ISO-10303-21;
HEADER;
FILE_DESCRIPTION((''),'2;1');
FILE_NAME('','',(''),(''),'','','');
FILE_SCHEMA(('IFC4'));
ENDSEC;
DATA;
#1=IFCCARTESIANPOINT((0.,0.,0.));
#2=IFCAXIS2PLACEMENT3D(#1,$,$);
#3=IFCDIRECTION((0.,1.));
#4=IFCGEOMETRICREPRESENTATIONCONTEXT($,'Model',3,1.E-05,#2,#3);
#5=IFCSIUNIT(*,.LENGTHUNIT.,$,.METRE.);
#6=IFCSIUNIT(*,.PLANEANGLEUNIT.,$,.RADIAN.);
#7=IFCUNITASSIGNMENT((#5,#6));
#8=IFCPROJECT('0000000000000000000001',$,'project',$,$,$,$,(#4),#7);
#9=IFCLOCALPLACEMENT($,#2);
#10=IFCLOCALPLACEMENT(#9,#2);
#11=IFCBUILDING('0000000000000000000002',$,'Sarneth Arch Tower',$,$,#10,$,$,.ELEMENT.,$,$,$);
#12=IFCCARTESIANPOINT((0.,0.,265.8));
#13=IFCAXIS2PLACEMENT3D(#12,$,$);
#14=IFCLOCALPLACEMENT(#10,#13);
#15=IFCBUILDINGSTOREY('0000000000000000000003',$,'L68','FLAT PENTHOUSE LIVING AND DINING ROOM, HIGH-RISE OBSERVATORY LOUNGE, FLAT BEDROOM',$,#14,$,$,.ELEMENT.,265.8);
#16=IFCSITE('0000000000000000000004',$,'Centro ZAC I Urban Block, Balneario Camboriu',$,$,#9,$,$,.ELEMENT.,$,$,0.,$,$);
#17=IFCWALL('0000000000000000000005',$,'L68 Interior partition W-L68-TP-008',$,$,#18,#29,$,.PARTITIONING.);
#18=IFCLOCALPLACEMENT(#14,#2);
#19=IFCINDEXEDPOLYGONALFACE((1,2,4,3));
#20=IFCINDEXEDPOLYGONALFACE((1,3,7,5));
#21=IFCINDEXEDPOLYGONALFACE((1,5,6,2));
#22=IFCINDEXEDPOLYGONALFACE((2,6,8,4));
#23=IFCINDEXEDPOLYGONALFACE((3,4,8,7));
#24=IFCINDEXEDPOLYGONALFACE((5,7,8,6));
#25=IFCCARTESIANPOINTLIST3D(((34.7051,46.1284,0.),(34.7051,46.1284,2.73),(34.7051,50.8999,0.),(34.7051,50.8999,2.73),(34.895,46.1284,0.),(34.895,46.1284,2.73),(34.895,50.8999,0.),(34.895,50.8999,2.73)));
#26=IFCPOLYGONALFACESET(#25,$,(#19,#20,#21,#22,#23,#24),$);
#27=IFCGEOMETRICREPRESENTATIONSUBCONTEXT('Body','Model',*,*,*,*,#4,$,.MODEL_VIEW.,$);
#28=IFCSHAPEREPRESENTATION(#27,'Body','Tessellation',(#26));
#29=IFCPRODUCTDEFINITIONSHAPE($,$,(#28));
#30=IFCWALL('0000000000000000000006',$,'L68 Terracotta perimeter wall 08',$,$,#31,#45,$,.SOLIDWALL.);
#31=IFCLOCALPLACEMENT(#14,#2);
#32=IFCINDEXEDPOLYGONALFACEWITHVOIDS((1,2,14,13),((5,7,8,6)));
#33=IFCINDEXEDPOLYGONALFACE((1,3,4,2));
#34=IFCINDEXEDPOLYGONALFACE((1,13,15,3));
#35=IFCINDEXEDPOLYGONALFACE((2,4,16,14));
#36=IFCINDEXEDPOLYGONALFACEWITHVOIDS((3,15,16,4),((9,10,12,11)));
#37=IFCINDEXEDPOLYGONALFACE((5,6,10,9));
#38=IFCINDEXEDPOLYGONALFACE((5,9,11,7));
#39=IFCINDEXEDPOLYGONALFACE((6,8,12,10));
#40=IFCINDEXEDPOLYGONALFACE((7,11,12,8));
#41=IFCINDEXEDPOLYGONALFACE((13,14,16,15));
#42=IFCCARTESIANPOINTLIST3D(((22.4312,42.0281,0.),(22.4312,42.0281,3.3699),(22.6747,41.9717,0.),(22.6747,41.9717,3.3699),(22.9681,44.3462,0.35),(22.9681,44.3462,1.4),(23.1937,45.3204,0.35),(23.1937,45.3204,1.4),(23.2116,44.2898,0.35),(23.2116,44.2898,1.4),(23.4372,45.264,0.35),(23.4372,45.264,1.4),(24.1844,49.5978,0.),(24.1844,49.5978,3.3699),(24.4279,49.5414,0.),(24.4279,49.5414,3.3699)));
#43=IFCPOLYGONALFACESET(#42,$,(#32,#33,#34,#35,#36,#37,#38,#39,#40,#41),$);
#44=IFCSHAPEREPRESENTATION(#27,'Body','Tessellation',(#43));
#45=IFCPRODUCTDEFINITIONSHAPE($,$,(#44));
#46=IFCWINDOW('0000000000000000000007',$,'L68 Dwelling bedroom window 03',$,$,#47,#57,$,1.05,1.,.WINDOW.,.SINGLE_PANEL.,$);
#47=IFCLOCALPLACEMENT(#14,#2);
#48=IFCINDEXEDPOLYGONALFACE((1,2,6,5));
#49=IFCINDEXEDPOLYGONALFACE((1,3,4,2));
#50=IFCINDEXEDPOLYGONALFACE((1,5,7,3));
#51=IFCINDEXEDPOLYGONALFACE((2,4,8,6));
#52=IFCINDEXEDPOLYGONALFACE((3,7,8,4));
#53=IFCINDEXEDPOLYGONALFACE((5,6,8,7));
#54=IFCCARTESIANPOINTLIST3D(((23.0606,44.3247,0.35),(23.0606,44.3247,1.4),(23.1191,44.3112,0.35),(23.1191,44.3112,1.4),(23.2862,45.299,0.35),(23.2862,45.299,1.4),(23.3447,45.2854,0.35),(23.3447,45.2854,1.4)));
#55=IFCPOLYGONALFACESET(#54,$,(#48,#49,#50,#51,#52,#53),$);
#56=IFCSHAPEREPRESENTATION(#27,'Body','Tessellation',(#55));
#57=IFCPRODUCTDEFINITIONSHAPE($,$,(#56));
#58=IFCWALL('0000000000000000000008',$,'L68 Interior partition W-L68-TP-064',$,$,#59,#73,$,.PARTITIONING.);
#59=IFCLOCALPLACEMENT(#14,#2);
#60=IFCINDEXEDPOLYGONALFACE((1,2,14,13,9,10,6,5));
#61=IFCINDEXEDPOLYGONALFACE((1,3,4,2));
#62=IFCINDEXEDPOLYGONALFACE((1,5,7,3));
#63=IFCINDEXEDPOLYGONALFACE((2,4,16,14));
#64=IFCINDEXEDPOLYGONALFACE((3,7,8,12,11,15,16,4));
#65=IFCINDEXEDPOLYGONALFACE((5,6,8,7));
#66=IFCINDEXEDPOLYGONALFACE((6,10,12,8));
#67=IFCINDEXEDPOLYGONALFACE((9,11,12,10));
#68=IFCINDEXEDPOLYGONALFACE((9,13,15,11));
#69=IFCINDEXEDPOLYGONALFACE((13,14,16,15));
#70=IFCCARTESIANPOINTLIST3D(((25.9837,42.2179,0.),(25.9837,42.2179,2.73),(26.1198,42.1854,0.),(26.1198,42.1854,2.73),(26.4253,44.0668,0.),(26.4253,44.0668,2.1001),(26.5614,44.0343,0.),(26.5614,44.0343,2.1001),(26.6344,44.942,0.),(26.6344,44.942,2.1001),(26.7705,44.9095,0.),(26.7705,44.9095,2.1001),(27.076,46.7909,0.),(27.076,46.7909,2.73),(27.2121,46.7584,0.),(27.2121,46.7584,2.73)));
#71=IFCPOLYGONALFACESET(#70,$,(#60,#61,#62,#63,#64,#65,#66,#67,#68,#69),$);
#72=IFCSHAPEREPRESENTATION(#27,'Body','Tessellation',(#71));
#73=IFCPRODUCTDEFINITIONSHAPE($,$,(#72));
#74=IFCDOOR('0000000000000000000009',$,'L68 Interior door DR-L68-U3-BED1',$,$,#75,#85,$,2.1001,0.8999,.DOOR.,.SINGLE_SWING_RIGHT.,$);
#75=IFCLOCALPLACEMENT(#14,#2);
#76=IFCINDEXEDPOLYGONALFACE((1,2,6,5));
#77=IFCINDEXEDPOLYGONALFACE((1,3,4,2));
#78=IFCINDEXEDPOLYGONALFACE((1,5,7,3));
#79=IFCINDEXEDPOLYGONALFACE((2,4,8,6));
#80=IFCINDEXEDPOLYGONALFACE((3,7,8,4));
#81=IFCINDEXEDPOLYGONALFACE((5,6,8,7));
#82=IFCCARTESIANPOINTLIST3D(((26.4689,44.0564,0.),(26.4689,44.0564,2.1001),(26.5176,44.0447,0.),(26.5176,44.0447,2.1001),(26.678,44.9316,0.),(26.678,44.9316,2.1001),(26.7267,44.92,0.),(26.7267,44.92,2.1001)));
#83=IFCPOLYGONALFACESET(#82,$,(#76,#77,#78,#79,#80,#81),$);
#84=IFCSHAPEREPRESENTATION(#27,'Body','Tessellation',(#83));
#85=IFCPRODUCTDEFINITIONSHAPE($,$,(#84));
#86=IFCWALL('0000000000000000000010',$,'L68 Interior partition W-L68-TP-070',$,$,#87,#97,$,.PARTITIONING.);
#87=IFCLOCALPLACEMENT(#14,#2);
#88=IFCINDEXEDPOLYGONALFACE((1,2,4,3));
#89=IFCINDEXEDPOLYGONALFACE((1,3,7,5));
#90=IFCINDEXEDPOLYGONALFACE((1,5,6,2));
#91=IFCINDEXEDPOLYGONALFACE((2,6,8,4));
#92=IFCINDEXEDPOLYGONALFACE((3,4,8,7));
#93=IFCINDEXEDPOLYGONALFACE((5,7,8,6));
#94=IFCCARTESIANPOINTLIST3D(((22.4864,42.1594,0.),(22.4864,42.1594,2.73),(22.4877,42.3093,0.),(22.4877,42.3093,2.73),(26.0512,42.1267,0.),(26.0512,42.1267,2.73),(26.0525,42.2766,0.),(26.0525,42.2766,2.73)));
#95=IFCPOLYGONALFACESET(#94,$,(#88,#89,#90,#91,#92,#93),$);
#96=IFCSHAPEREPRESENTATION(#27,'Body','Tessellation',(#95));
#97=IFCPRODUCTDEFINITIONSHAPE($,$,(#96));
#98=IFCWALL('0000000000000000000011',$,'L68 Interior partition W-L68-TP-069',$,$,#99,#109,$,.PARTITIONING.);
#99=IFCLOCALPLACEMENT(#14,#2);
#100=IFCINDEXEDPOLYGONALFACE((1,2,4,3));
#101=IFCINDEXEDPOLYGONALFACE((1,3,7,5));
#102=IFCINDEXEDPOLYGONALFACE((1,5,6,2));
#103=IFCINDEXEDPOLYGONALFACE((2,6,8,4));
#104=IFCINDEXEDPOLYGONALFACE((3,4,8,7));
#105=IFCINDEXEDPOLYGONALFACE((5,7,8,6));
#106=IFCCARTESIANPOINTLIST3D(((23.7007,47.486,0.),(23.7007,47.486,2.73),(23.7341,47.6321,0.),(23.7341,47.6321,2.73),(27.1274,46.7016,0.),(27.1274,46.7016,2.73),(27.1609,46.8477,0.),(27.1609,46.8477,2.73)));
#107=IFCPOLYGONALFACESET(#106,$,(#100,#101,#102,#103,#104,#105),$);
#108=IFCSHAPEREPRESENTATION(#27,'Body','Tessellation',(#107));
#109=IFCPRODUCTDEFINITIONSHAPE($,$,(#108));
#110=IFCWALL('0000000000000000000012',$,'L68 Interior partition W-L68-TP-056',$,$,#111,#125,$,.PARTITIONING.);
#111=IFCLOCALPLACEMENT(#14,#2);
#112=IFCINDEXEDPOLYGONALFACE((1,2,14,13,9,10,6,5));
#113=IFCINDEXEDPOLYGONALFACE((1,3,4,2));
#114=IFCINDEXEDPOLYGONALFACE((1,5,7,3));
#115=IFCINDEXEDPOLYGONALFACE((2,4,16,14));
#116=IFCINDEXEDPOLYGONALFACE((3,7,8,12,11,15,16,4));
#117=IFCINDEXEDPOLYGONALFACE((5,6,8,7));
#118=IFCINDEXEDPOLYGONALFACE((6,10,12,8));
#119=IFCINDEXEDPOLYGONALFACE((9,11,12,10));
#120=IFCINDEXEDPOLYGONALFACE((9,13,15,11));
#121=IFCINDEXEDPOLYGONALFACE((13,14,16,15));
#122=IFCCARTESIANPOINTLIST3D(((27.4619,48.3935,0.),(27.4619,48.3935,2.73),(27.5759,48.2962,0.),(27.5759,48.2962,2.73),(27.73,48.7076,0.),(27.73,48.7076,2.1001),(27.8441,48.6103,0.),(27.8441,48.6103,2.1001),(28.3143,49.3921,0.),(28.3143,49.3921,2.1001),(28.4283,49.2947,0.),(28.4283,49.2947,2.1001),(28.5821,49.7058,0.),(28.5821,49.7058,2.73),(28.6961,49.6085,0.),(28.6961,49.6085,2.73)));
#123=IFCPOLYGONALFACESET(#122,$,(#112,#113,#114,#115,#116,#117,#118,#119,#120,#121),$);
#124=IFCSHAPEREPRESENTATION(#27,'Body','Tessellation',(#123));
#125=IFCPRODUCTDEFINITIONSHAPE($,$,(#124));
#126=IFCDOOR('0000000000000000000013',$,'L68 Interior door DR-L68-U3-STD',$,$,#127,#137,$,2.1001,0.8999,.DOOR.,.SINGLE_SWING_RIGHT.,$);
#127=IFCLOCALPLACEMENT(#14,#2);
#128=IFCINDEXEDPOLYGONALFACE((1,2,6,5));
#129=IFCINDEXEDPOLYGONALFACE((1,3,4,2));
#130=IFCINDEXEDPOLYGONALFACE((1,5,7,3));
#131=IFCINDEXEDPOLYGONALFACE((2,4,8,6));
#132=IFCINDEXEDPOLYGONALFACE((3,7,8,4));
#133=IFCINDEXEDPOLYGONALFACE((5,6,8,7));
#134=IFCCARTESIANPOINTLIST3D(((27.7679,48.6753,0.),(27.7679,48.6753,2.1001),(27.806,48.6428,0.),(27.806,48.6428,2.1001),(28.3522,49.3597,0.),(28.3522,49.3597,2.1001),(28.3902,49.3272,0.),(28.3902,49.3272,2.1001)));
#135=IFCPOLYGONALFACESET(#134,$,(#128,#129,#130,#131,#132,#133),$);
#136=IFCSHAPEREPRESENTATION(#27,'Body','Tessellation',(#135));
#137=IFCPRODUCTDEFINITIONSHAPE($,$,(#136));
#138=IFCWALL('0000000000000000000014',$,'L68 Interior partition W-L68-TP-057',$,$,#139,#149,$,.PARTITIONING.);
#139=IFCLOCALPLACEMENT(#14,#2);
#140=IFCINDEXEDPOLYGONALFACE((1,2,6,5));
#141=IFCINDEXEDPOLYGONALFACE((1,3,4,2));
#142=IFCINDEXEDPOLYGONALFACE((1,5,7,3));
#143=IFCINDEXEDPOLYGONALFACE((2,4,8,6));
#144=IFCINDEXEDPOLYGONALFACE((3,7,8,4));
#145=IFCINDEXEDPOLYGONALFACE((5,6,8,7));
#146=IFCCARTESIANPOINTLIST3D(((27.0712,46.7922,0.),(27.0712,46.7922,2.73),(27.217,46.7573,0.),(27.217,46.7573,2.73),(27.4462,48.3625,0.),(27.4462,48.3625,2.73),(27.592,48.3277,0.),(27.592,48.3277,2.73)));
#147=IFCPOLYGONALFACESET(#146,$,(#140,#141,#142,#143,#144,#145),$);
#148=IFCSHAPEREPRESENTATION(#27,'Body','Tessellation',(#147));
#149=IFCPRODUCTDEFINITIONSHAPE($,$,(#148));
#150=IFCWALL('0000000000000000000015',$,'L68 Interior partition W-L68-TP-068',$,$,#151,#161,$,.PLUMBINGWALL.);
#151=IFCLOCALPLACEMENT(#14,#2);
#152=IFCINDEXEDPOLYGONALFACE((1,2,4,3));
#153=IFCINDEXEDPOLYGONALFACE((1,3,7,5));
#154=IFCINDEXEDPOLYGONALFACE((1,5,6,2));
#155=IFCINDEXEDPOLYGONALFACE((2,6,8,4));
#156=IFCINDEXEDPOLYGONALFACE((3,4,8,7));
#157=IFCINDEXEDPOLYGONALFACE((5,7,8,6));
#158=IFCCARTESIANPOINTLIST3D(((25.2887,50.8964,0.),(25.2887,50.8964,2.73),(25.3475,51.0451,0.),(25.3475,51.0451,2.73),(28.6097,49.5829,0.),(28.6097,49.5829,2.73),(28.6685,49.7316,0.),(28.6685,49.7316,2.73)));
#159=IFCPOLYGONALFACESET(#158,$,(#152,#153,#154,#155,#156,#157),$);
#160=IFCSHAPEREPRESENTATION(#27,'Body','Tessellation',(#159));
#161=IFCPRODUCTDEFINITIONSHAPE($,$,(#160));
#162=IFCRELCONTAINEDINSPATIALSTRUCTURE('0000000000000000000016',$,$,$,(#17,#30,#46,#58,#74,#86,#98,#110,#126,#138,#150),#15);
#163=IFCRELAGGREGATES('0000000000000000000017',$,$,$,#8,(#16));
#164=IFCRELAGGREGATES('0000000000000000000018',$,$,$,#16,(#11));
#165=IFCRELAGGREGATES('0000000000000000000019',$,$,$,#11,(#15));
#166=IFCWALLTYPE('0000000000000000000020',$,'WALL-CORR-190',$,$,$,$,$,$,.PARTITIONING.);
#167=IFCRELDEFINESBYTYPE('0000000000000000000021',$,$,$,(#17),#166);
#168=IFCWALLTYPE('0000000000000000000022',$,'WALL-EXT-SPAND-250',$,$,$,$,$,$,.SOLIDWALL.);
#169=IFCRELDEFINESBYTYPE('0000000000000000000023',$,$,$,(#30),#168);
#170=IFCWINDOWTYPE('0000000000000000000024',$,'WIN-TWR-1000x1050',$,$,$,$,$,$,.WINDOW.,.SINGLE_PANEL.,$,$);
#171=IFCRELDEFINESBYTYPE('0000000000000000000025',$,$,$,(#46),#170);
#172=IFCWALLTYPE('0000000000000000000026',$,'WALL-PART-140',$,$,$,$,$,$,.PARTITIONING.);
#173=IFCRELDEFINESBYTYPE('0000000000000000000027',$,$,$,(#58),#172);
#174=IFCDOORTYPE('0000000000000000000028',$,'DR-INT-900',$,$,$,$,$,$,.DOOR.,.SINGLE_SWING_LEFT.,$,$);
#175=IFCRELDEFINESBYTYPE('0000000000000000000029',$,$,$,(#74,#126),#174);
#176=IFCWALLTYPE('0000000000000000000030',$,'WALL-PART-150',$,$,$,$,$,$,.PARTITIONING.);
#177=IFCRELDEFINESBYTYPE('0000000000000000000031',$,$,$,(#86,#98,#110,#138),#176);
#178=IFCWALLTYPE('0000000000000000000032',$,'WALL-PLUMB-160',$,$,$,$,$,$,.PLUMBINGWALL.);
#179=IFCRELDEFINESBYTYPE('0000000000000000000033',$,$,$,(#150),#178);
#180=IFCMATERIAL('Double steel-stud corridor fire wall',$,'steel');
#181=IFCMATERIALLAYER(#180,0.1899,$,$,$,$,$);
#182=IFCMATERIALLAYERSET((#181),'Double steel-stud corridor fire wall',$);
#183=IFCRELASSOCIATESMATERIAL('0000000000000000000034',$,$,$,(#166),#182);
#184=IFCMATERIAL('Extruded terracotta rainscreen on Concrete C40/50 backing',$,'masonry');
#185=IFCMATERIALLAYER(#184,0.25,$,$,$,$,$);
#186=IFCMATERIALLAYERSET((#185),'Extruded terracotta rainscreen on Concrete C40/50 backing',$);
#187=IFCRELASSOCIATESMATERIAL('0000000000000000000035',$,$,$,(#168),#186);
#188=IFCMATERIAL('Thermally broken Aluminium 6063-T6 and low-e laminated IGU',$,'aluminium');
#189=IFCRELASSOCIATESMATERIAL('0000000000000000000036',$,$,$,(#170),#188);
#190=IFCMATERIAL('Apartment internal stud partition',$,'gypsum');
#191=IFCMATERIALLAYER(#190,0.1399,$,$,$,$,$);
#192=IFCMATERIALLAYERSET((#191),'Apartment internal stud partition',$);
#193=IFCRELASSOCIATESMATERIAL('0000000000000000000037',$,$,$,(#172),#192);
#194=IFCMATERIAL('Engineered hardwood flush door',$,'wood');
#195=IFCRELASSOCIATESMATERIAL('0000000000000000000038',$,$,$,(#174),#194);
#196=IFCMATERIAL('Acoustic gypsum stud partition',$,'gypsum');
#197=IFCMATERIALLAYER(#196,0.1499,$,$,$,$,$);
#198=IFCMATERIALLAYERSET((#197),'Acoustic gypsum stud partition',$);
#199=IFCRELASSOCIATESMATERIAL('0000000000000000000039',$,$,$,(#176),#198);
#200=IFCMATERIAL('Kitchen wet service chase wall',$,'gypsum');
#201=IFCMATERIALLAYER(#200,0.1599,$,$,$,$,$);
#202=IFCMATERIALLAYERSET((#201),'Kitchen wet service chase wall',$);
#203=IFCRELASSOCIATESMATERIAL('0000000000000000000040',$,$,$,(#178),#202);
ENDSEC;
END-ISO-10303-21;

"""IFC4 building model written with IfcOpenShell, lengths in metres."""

from ifc_helpers import new_model, si_unit, direction, frame, frame_2d, origin, place, context, subcontext, project, spatial, rectangle, extrude, material, layer, layer_set, type_object, element, fill, save


model = new_model("IFC4")

# Units and contexts
model_context = context("Model", 3, precision=1e-05, world=origin(), true_north=direction((0.0, 1.0)))
body_context = subcontext(model_context, "Body", "Model", "MODEL_VIEW")
ifc_project = project(units=[si_unit("LENGTHUNIT", "METRE"), si_unit("PLANEANGLEUNIT", "RADIAN")], contexts=[model_context])

# Site, building, storey
site_placement = place(None, origin())
site = spatial("IfcSite", under=ifc_project, at=site_placement, Name="Centro ZAC I Urban Block, Balneario Camboriu", CompositionType="ELEMENT", RefElevation=0.0)
building_placement = place(site_placement, origin())
building = spatial("IfcBuilding", under=site, at=building_placement, Name="Sarneth Arch Tower", CompositionType="ELEMENT")
storey_placement = place(building_placement, frame((0.0, 0.0, 265.8)))
storey = spatial("IfcBuildingStorey", under=building, at=storey_placement, Name="L68", Description="FLAT PENTHOUSE LIVING AND DINING ROOM, HIGH-RISE OBSERVATORY LOUNGE, FLAT BEDROOM", CompositionType="ELEMENT", Elevation=265.8)

# Shared definitions
ifc_material_1 = material(Name="Double steel-stud corridor fire wall", Category="steel")
ifc_layer_1 = layer(ifc_material_1, 0.1899)
ifc_layer_set_1 = layer_set([ifc_layer_1], Name="Double steel-stud corridor fire wall")
wall_type_1 = type_object("IfcWallType", Name="WALL-CORR-190", PredefinedType="PARTITIONING", material=ifc_layer_set_1)

# Wall
wall_1_placement = place(storey_placement, frame((34.8, 46.1284, 0.0), z_axis=(0.0, 0.0, 1.0), x_axis=(0.0, 1.0, 0.0)))
element("IfcWall", 1, at=wall_1_placement, inside=storey, type_object=wall_type_1, Name="L68 Interior partition W-L68-TP-008", PredefinedType="PARTITIONING", context=body_context, shape_type="SweptSolid", body=[
    extrude(rectangle(XDim=4.7715, YDim=0.1899, at=frame_2d((2.3857, 0.0))), origin(), (0.0, 0.0, 1.0), 2.73),
])

# Wall, opening, window
ifc_material_2 = material(Name="Extruded terracotta rainscreen on Concrete C40/50 backing", Category="masonry")
ifc_layer_2 = layer(ifc_material_2, 0.25)
ifc_layer_set_2 = layer_set([ifc_layer_2], Name="Extruded terracotta rainscreen on Concrete C40/50 backing")
wall_type_2 = type_object("IfcWallType", Name="WALL-EXT-SPAND-250", PredefinedType="SOLIDWALL", material=ifc_layer_set_2)
wall_2_placement = place(storey_placement, frame((24.3062, 49.5696, 0.0), z_axis=(0.0, 0.0, 1.0), x_axis=(-0.225635, -0.974212, 0.0)))
wall_2 = element("IfcWall", 2, at=wall_2_placement, inside=storey, type_object=wall_type_2, Name="L68 Terracotta perimeter wall 08", PredefinedType="SOLIDWALL", context=body_context, shape_type="SweptSolid", body=[
    extrude(rectangle(XDim=7.77, YDim=0.25, at=frame_2d((3.885, 0.0))), origin(), (0.0, 0.0, 1.0), 3.3699),
])
opening_1_placement = place(wall_2_placement, frame((4.3906, 0.0, 0.3501)))
opening_1 = element("IfcOpeningElement", 3, at=opening_1_placement, cuts=wall_2, PredefinedType="OPENING", context=body_context, shape_type="SweptSolid", body=[
    extrude(rectangle(XDim=1.0, YDim=1.05, at=frame_2d((0.5, 0.5249))), frame((0.0, 0.135, 0.0), z_axis=(0.0, -1.0, 0.0), x_axis=(1.0, 0.0, 0.0)), (0.0, 0.0, 1.0), 0.27),
])
ifc_material_3 = material(Name="Thermally broken Aluminium 6063-T6 and low-e laminated IGU", Category="aluminium")
window_type = type_object("IfcWindowType", Name="WIN-TWR-1000x1050", PartitioningType="SINGLE_PANEL", PredefinedType="WINDOW", material=ifc_material_3)
window_placement = place(opening_1_placement, origin())
window = element("IfcWindow", 4, at=window_placement, inside=storey, type_object=window_type, Name="L68 Dwelling bedroom window 03", OverallHeight=1.05, OverallWidth=1.0, PartitioningType="SINGLE_PANEL", PredefinedType="WINDOW", context=body_context, shape_type="SweptSolid", body=[
    extrude(rectangle(XDim=1.0, YDim=1.05, at=frame_2d((0.5, 0.5249))), frame((0.0, 0.03, 0.0), z_axis=(0.0, -1.0, 0.0), x_axis=(1.0, 0.0, 0.0)), (0.0, 0.0, 1.0), 0.0601),
])
fill(opening_1, window)

# Wall, opening, door
ifc_material_4 = material(Name="Apartment internal stud partition", Category="gypsum")
ifc_layer_3 = layer(ifc_material_4, 0.1399)
ifc_layer_set_3 = layer_set([ifc_layer_3], Name="Apartment internal stud partition")
wall_type_3 = type_object("IfcWallType", Name="WALL-PART-140", PredefinedType="PARTITIONING", material=ifc_layer_set_3)
wall_3_placement = place(storey_placement, frame((27.144, 46.7747, 0.0), z_axis=(0.0, 0.0, 1.0), x_axis=(-0.23232, -0.972639, 0.0)))
wall_3 = element("IfcWall", 5, at=wall_3_placement, inside=storey, type_object=wall_type_3, Name="L68 Interior partition W-L68-TP-064", PredefinedType="PARTITIONING", context=body_context, shape_type="SweptSolid", body=[
    extrude(rectangle(XDim=4.7017, YDim=0.1399, at=frame_2d((2.3508, 0.0))), origin(), (0.0, 0.0, 1.0), 2.73),
])
opening_2_placement = place(wall_3_placement, frame((1.9009, 0.0, 0.0)))
opening_2 = element("IfcOpeningElement", 6, at=opening_2_placement, cuts=wall_3, PredefinedType="OPENING", context=body_context, shape_type="SweptSolid", body=[
    extrude(rectangle(XDim=0.8999, YDim=2.1001, at=frame_2d((0.45, 1.05))), frame((0.0, 0.0798, 0.0), z_axis=(0.0, -1.0, 0.0), x_axis=(1.0, 0.0, 0.0)), (0.0, 0.0, 1.0), 0.1599),
])
ifc_material_5 = material(Name="Engineered hardwood flush door", Category="wood")
door_type_1 = type_object("IfcDoorType", Name="DR-INT-900", OperationType="SINGLE_SWING_LEFT", PredefinedType="DOOR", material=ifc_material_5)
door_1_placement = place(opening_2_placement, origin())
door_1 = element("IfcDoor", 7, at=door_1_placement, inside=storey, type_object=door_type_1, Name="L68 Interior door DR-L68-U3-BED1", OperationType="SINGLE_SWING_RIGHT", OverallHeight=2.1001, OverallWidth=0.8999, PredefinedType="DOOR", context=body_context, shape_type="SweptSolid", body=[
    extrude(rectangle(XDim=0.8999, YDim=2.1001, at=frame_2d((0.45, 1.05))), frame((0.0, 0.0249, 0.0), z_axis=(0.0, -1.0, 0.0), x_axis=(1.0, 0.0, 0.0)), (0.0, 0.0, 1.0), 0.05),
])
fill(opening_2, door_1)

# Walls
ifc_material_6 = material(Name="Acoustic gypsum stud partition", Category="gypsum")
ifc_layer_4 = layer(ifc_material_6, 0.1499)
ifc_layer_set_4 = layer_set([ifc_layer_4], Name="Acoustic gypsum stud partition")
wall_type_4 = type_object("IfcWallType", Name="WALL-PART-150", PredefinedType="PARTITIONING", material=ifc_layer_set_4)
wall_4_placement = place(storey_placement, frame((22.4871, 42.2344, 0.0), z_axis=(0.0, 0.0, 1.0), x_axis=(0.999958, -0.009177, 0.0)))
element("IfcWall", 8, at=wall_4_placement, inside=storey, type_object=wall_type_4, Name="L68 Interior partition W-L68-TP-070", PredefinedType="PARTITIONING", context=body_context, shape_type="SweptSolid", body=[
    extrude(rectangle(XDim=3.5649, YDim=0.1499, at=frame_2d((1.7825, 0.0))), origin(), (0.0, 0.0, 1.0), 2.73),
])
wall_5_placement = place(storey_placement, frame((23.7173, 47.5591, 0.0), z_axis=(0.0, 0.0, 1.0), x_axis=(0.974786, -0.22314, 0.0)))
element("IfcWall", 9, at=wall_5_placement, inside=storey, type_object=wall_type_4, Name="L68 Interior partition W-L68-TP-069", PredefinedType="PARTITIONING", context=body_context, shape_type="SweptSolid", body=[
    extrude(rectangle(XDim=3.5154, YDim=0.1499, at=frame_2d((1.7578, 0.0))), origin(), (0.0, 0.0, 1.0), 2.73),
])

# Wall, opening, door
wall_6_placement = place(storey_placement, frame((28.6392, 49.6572, 0.0), z_axis=(0.0, 0.0, 1.0), x_axis=(-0.649228, -0.760593, 0.0)))
wall_6 = element("IfcWall", 10, at=wall_6_placement, inside=storey, type_object=wall_type_4, Name="L68 Interior partition W-L68-TP-056", PredefinedType="PARTITIONING", context=body_context, shape_type="SweptSolid", body=[
    extrude(rectangle(XDim=1.7253, YDim=0.1499, at=frame_2d((0.8628, 0.0))), origin(), (0.0, 0.0, 1.0), 2.73),
])
opening_3_placement = place(wall_6_placement, frame((0.4126, 0.0, 0.0)))
opening_3 = element("IfcOpeningElement", 11, at=opening_3_placement, cuts=wall_6, PredefinedType="OPENING", context=body_context, shape_type="SweptSolid", body=[
    extrude(rectangle(XDim=0.8999, YDim=2.1001, at=frame_2d((0.45, 1.05))), frame((0.0, 0.085, 0.0), z_axis=(0.0, -1.0, 0.0), x_axis=(1.0, 0.0, 0.0)), (0.0, 0.0, 1.0), 0.1699),
])
door_2_placement = place(opening_3_placement, origin())
door_2 = element("IfcDoor", 12, at=door_2_placement, inside=storey, type_object=door_type_1, Name="L68 Interior door DR-L68-U3-STD", OperationType="SINGLE_SWING_RIGHT", OverallHeight=2.1001, OverallWidth=0.8999, PredefinedType="DOOR", context=body_context, shape_type="SweptSolid", body=[
    extrude(rectangle(XDim=0.8999, YDim=2.1001, at=frame_2d((0.45, 1.05))), frame((0.0, 0.0249, 0.0), z_axis=(0.0, -1.0, 0.0), x_axis=(1.0, 0.0, 0.0)), (0.0, 0.0, 1.0), 0.05),
])
fill(opening_3, door_2)

# Walls
wall_7_placement = place(storey_placement, frame((27.519, 48.345, 0.0), z_axis=(0.0, 0.0, 1.0), x_axis=(-0.232275, -0.97265, 0.0)))
element("IfcWall", 13, at=wall_7_placement, inside=storey, type_object=wall_type_4, Name="L68 Interior partition W-L68-TP-057", PredefinedType="PARTITIONING", context=body_context, shape_type="SweptSolid", body=[
    extrude(rectangle(XDim=1.6145, YDim=0.1499, at=frame_2d((0.8071, 0.0))), origin(), (0.0, 0.0, 1.0), 2.73),
])
ifc_material_7 = material(Name="Kitchen wet service chase wall", Category="gypsum")
ifc_layer_5 = layer(ifc_material_7, 0.1599)
ifc_layer_set_5 = layer_set([ifc_layer_5], Name="Kitchen wet service chase wall")
wall_type_5 = type_object("IfcWallType", Name="WALL-PLUMB-160", PredefinedType="PLUMBINGWALL", material=ifc_layer_set_5)
wall_8_placement = place(storey_placement, frame((25.3181, 50.9707, 0.0), z_axis=(0.0, 0.0, 1.0), x_axis=(0.929912, -0.367781, 0.0)))
element("IfcWall", 14, at=wall_8_placement, inside=storey, type_object=wall_type_5, Name="L68 Interior partition W-L68-TP-068", PredefinedType="PLUMBINGWALL", context=body_context, shape_type="SweptSolid", body=[
    extrude(rectangle(XDim=3.5713, YDim=0.1599, at=frame_2d((1.7856, 0.0))), origin(), (0.0, 0.0, 1.0), 2.73),
])

save(model, "model.ifc")
